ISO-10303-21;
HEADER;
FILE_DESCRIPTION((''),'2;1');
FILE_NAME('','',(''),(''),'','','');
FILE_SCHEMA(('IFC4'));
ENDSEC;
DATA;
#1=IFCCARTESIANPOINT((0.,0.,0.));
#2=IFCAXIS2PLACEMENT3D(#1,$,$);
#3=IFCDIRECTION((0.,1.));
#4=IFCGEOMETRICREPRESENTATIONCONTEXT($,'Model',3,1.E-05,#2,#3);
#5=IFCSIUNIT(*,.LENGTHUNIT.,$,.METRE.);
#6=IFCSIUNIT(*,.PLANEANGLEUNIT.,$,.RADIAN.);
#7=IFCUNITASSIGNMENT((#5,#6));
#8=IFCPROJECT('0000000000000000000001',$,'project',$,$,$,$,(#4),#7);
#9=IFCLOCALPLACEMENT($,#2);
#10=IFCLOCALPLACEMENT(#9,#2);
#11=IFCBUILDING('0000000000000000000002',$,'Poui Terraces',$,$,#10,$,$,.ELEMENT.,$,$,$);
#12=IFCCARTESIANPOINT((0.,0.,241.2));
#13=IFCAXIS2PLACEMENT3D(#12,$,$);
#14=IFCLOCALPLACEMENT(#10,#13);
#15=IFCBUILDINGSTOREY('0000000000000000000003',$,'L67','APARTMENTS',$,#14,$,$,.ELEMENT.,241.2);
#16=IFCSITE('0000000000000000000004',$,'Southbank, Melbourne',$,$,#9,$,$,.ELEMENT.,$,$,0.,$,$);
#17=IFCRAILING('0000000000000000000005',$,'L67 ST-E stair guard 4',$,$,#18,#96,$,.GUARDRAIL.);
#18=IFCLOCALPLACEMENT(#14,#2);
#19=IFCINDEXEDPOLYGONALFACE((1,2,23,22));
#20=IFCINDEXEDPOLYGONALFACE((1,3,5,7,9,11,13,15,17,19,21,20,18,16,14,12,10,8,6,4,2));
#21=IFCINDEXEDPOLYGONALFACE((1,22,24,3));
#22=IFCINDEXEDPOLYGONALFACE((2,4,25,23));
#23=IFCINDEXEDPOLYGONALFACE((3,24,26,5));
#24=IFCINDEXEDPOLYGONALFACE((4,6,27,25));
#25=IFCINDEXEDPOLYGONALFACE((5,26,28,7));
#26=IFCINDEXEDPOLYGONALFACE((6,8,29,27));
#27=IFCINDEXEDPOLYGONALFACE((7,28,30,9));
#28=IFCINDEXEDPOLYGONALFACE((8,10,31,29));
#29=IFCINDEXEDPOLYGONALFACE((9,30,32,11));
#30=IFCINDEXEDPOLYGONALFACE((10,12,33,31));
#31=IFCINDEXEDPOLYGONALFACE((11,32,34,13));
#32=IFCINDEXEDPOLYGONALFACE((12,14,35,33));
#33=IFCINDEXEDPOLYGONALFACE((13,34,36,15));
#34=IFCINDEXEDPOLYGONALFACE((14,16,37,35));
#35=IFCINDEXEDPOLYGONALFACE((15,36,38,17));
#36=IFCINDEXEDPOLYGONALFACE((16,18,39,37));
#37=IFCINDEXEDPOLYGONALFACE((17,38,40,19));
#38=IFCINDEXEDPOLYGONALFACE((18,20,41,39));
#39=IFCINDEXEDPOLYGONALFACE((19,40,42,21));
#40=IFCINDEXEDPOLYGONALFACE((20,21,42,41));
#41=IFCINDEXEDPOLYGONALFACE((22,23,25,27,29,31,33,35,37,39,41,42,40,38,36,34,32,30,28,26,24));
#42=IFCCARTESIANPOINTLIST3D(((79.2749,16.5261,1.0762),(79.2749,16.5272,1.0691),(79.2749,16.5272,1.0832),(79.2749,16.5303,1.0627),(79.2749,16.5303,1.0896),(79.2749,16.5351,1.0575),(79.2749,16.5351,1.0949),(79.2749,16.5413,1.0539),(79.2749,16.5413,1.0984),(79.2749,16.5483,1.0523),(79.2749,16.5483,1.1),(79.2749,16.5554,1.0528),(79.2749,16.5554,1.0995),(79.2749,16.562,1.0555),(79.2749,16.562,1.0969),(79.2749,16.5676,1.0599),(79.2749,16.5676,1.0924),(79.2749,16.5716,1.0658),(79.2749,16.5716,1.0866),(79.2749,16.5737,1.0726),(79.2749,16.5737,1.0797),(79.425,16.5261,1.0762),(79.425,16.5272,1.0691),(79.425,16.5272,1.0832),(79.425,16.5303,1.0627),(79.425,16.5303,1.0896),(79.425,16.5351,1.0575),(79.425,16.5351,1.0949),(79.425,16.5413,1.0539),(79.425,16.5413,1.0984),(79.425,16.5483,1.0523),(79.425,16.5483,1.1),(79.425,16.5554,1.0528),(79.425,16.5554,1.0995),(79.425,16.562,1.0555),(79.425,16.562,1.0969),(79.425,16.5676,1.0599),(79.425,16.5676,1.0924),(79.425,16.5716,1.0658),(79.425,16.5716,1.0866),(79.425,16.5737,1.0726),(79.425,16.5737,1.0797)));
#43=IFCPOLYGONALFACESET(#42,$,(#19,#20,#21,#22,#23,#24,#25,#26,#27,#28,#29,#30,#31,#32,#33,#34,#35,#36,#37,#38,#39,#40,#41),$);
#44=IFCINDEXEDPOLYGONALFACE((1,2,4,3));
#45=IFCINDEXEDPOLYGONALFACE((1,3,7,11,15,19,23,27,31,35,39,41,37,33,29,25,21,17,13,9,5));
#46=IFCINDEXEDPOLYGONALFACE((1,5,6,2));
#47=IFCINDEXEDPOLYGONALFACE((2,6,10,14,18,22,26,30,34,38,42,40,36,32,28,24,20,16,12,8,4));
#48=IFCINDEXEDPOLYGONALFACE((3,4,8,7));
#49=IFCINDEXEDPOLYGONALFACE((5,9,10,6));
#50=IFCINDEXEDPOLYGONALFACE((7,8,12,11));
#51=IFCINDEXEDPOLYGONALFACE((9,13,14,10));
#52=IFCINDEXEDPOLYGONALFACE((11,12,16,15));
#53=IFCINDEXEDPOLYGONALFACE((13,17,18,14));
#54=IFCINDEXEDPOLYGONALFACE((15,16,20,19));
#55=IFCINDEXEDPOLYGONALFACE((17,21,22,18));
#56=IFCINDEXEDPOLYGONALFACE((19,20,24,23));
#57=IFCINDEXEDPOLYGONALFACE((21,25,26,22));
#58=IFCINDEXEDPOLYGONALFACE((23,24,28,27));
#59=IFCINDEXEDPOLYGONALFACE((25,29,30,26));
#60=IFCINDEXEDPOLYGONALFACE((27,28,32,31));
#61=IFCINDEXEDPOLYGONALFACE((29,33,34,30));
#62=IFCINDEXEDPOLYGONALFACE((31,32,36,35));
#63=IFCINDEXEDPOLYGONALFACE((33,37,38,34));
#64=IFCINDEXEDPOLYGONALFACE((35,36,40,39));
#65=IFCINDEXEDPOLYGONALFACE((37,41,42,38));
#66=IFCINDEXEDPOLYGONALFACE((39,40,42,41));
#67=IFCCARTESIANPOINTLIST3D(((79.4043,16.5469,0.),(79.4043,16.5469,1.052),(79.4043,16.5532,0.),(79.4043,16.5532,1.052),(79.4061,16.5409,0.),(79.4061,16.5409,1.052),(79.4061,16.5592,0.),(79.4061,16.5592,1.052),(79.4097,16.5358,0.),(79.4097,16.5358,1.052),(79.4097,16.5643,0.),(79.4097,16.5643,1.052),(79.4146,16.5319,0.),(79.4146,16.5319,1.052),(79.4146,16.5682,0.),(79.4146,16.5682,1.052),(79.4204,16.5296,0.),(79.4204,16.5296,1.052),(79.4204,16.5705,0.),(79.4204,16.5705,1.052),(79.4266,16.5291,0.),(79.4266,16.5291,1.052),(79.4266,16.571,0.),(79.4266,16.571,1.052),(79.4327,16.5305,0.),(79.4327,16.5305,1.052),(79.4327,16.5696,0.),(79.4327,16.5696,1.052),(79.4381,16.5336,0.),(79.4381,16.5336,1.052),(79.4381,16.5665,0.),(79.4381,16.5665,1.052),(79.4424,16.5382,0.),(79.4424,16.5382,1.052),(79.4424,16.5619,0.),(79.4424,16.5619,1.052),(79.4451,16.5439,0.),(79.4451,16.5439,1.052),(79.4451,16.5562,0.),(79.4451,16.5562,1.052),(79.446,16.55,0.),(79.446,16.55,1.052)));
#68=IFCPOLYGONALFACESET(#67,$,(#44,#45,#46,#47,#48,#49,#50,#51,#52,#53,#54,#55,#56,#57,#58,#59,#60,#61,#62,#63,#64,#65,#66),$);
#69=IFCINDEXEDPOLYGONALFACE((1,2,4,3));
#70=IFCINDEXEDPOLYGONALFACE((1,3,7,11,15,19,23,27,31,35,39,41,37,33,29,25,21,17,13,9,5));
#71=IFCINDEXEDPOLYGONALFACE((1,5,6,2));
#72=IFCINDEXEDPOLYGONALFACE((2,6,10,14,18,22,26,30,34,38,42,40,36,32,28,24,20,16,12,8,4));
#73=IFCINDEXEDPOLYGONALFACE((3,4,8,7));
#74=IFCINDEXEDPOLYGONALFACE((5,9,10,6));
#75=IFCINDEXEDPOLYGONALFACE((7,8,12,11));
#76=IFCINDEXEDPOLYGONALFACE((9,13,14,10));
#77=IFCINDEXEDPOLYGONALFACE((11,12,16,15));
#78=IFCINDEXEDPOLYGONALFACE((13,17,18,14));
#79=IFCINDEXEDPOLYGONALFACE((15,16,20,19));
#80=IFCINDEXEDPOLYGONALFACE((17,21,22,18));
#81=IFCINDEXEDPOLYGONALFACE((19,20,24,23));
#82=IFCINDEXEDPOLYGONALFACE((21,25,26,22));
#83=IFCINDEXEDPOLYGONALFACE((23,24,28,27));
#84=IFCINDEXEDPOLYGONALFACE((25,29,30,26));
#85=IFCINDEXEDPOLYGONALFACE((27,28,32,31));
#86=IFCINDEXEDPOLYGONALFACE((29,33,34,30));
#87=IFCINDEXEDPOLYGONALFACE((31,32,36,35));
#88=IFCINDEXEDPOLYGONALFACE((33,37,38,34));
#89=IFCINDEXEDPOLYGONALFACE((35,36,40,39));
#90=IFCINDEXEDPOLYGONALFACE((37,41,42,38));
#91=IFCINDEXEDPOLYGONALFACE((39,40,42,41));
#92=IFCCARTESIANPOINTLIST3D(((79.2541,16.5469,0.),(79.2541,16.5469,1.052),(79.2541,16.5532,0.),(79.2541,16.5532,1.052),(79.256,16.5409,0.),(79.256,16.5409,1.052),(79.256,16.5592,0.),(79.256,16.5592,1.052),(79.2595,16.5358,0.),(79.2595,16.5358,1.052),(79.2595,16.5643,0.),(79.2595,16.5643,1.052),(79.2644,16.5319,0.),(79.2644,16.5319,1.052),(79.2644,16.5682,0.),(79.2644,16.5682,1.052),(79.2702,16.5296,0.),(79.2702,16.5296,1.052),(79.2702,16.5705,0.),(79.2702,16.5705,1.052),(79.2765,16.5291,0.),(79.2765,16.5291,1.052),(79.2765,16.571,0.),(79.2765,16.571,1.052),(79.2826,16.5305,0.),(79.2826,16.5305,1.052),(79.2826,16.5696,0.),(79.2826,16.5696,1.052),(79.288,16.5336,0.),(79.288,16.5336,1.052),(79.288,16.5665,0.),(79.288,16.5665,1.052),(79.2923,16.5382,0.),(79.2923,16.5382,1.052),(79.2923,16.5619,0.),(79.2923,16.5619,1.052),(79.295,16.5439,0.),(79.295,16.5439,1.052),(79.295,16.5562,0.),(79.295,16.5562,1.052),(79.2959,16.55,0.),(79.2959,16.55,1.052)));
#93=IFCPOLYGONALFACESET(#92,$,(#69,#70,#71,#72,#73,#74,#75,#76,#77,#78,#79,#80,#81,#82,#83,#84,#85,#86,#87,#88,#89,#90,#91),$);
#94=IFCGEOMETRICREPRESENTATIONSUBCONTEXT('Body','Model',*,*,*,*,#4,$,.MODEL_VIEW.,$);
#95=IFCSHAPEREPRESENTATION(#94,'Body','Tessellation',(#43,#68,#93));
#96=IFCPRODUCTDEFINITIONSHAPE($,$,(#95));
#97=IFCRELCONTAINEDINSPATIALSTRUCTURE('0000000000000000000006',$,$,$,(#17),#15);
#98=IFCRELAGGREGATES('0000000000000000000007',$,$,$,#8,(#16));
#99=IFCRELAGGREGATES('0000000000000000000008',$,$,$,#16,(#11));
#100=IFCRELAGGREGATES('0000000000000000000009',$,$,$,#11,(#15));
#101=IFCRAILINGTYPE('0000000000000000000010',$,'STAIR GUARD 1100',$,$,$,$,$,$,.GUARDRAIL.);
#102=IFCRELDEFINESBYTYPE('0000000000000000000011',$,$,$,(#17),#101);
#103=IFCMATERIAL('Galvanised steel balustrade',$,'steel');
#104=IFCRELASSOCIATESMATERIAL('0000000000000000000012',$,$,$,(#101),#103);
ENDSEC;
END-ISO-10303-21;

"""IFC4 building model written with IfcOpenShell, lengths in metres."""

from ifc_helpers import new_model, si_unit, direction, frame, origin, origin_2d, place, context, subcontext, project, spatial, circle, extrude, material, type_object, element, save


model = new_model("IFC4")

# Units and contexts
model_context = context("Model", 3, precision=1e-05, world=origin(), true_north=direction((0.0, 1.0)))
body_context = subcontext(model_context, "Body", "Model", "MODEL_VIEW")
ifc_project = project(units=[si_unit("LENGTHUNIT", "METRE"), si_unit("PLANEANGLEUNIT", "RADIAN")], contexts=[model_context])

# Site, building, storey
site_placement = place(None, origin())
site = spatial("IfcSite", under=ifc_project, at=site_placement, Name="Southbank, Melbourne", CompositionType="ELEMENT", RefElevation=0.0)
building_placement = place(site_placement, origin())
building = spatial("IfcBuilding", under=site, at=building_placement, Name="Poui Terraces", CompositionType="ELEMENT")
storey_placement = place(building_placement, frame((0.0, 0.0, 241.2)))
storey = spatial("IfcBuildingStorey", under=building, at=storey_placement, Name="L67", Description="APARTMENTS", CompositionType="ELEMENT", Elevation=241.2)

# Railing
ifc_material_1 = material(Name="Galvanised steel balustrade", Category="steel")
railing_type_1 = type_object("IfcRailingType", Name="STAIR GUARD 1100", PredefinedType="GUARDRAIL", material=ifc_material_1)
railing_1_placement = place(storey_placement, frame((79.425, 16.55, 0.0)))
element("IfcRailing", 1, at=railing_1_placement, inside=storey, type_object=railing_type_1, Name="L67 ST-E stair guard 4", PredefinedType="GUARDRAIL", context=body_context, shape_type="SweptSolid", body=[
    extrude(circle(Radius=0.0239, at=origin_2d()), frame((0.0, 0.0, 1.0762), z_axis=(-1.0, 0.0, 0.0), x_axis=(0.0, -1.0, 0.0)), (0.0, 0.0, 1.0), 0.1501),
    extrude(circle(Radius=0.021, at=origin_2d()), origin(), (0.0, 0.0, 1.0), 1.052),
    extrude(circle(Radius=0.021, at=origin_2d()), frame((-0.1501, 0.0, 0.0)), (0.0, 0.0, 1.0), 1.052),
])

save(model, "model.ifc")
